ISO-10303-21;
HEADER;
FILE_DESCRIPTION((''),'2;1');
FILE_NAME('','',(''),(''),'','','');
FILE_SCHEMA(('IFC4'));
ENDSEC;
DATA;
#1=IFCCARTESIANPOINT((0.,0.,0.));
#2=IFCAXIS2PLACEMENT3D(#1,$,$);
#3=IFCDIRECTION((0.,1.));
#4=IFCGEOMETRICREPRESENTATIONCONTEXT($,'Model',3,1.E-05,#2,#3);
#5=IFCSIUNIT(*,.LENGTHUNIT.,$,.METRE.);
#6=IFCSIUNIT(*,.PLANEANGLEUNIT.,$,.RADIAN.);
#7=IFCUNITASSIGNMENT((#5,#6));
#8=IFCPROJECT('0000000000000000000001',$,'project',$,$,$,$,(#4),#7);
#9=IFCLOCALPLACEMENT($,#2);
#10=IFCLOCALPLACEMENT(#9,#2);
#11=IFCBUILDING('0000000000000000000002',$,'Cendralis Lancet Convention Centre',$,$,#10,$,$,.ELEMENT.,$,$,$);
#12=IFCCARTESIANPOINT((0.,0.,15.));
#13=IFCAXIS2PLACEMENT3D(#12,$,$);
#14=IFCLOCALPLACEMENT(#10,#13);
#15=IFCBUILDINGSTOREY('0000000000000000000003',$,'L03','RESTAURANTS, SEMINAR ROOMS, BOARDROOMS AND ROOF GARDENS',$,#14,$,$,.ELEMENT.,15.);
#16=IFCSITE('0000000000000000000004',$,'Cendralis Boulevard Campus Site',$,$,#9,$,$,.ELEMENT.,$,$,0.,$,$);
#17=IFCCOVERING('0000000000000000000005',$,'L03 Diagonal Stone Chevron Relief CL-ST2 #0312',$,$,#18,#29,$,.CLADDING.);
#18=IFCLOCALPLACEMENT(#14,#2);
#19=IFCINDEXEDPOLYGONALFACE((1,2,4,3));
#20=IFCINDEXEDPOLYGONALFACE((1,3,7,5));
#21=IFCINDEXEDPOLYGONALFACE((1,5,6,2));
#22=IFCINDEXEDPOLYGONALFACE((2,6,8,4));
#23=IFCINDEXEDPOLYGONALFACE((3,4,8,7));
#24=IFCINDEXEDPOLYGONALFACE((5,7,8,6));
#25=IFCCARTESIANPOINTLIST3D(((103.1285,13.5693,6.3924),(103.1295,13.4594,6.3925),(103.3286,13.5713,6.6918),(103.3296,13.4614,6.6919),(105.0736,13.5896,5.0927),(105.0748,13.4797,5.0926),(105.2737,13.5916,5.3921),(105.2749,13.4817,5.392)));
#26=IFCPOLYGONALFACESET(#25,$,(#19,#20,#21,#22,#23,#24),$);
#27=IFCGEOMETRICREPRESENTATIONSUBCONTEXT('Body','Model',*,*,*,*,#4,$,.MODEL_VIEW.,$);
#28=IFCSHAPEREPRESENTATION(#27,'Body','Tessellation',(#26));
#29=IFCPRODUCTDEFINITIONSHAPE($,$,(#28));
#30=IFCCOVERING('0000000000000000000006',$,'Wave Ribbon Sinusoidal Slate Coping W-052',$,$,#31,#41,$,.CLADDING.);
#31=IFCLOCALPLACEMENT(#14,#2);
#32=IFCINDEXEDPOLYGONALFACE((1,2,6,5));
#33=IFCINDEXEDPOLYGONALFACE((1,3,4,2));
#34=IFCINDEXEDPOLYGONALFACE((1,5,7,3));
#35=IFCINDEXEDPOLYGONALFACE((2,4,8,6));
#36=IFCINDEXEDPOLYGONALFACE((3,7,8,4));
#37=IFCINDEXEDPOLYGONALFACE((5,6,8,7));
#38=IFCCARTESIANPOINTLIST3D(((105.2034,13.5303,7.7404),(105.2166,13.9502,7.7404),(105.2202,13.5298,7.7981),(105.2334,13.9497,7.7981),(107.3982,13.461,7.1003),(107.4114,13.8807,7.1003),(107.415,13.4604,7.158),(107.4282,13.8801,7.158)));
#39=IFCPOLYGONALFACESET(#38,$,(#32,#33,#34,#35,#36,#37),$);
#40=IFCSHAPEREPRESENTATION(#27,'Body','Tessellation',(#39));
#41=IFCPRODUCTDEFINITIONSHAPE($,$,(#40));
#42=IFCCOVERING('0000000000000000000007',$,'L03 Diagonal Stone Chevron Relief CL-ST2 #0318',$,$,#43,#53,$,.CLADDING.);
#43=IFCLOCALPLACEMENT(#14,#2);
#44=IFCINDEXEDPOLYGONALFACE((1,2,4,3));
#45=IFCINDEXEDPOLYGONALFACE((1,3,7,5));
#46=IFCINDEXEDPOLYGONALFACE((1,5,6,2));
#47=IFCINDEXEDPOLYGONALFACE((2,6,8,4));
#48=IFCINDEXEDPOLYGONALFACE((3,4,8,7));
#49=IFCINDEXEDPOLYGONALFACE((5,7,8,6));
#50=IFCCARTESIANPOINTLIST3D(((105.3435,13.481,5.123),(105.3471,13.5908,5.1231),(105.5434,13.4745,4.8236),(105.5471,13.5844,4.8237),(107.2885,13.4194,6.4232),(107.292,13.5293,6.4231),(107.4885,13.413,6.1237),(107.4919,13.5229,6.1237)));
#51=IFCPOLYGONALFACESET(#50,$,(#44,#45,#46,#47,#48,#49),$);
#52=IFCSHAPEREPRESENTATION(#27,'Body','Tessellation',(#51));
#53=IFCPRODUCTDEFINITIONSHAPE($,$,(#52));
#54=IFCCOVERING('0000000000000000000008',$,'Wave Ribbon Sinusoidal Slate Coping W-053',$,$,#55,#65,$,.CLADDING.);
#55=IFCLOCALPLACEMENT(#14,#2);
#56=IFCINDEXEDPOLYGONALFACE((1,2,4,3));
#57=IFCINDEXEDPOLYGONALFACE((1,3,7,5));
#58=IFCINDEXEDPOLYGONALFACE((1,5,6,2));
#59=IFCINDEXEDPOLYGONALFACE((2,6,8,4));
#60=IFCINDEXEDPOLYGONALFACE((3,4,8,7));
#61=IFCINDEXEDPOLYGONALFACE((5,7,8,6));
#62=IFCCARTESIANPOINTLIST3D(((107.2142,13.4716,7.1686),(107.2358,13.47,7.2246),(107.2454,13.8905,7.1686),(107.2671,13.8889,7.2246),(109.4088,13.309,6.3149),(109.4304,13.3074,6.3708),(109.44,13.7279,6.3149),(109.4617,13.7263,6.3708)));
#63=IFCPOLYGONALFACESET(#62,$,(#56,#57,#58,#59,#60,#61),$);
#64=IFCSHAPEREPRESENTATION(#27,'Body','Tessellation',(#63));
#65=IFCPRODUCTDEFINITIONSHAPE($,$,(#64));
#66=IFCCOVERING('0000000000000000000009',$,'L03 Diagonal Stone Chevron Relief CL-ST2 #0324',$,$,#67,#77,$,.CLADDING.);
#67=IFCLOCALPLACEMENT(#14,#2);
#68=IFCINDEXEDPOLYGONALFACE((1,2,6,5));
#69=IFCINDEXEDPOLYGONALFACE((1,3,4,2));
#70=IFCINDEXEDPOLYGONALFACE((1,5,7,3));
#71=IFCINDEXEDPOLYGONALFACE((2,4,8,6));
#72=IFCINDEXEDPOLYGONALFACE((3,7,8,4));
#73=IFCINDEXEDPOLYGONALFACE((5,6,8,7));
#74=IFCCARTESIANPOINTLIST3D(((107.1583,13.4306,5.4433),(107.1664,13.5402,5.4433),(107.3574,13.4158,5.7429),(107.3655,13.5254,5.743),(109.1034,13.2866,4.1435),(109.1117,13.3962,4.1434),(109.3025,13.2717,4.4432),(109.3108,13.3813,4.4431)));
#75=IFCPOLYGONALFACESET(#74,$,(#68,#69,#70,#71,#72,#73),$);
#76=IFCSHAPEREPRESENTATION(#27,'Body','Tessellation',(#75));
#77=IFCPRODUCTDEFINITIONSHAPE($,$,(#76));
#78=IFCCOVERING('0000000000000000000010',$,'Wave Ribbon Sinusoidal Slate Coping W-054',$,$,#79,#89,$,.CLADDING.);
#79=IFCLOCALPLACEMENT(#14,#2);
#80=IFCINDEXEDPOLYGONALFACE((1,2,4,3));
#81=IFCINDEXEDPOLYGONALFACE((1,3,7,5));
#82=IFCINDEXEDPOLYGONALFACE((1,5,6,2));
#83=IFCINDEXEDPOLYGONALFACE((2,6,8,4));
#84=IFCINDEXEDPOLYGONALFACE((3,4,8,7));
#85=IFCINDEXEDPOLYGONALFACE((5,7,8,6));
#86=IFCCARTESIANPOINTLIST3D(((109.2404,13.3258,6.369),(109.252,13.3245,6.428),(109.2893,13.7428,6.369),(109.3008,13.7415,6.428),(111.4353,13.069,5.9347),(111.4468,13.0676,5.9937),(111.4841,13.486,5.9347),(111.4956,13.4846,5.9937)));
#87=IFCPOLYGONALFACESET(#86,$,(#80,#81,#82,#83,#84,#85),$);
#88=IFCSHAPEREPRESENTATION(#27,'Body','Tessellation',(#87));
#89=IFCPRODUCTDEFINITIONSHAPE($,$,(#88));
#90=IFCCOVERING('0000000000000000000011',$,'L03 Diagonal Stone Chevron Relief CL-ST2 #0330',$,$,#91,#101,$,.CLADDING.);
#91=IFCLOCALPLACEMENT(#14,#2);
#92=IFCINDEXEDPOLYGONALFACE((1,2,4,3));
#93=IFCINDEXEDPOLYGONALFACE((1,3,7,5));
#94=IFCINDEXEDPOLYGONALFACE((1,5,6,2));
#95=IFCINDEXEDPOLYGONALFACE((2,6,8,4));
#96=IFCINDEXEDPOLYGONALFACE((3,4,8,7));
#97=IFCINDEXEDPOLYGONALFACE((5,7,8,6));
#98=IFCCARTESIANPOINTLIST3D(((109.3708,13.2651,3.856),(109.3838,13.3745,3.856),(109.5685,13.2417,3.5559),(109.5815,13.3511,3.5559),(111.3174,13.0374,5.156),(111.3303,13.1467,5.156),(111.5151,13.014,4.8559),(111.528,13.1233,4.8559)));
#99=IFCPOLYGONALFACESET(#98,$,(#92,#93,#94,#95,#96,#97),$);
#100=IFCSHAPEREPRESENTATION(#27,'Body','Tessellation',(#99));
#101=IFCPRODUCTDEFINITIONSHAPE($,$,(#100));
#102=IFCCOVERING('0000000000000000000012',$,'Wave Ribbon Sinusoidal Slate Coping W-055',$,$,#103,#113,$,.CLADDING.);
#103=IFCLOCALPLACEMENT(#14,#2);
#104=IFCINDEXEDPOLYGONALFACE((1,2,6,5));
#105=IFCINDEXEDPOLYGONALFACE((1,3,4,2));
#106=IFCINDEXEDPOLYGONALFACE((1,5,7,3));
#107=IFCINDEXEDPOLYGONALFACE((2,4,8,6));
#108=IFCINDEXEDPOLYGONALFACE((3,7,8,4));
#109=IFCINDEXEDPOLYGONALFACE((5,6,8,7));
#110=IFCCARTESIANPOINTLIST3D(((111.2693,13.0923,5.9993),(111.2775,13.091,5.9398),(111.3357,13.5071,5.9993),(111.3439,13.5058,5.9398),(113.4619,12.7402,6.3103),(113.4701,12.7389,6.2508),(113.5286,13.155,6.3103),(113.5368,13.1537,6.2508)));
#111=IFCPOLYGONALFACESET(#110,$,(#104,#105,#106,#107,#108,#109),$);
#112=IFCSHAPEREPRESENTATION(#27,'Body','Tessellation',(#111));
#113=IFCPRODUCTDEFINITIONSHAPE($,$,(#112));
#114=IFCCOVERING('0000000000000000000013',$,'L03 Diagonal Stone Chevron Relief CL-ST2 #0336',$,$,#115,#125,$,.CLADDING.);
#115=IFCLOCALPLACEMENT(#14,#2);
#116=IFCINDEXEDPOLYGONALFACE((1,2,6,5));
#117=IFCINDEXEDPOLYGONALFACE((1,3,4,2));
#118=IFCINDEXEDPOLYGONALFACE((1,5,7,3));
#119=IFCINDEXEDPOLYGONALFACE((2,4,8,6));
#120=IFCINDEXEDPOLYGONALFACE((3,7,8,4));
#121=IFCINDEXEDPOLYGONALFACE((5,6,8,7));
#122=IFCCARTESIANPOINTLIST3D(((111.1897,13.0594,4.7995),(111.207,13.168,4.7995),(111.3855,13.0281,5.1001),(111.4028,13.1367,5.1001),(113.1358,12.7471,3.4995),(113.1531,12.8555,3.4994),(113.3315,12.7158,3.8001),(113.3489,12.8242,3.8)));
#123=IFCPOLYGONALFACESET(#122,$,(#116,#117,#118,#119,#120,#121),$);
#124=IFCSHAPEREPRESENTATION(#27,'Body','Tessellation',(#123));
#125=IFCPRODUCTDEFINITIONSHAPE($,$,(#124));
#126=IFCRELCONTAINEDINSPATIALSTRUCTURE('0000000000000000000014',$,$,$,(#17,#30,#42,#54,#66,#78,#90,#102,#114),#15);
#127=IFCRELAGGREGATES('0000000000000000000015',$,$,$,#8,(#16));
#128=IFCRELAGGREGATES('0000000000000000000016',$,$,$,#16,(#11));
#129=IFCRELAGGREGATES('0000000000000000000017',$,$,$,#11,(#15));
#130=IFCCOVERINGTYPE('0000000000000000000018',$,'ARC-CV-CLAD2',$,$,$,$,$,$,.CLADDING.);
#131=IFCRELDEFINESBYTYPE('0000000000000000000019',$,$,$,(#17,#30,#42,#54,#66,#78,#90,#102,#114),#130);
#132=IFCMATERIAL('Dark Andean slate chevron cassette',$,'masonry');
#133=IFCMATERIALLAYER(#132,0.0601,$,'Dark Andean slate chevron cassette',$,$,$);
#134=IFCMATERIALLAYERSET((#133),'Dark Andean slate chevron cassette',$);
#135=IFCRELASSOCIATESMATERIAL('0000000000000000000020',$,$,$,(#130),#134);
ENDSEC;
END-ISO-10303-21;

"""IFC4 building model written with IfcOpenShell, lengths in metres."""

from ifc_helpers import new_model, si_unit, direction, frame, origin, place, context, subcontext, project, spatial, polyline, outline, extrude, material, layer, layer_set, type_object, element, save


model = new_model("IFC4")

# Units and contexts
model_context = context("Model", 3, precision=1e-05, world=origin(), true_north=direction((0.0, 1.0)))
body_context = subcontext(model_context, "Body", "Model", "MODEL_VIEW")
ifc_project = project(units=[si_unit("LENGTHUNIT", "METRE"), si_unit("PLANEANGLEUNIT", "RADIAN")], contexts=[model_context])

# Site, building, storey
site_placement = place(None, origin())
site = spatial("IfcSite", under=ifc_project, at=site_placement, Name="Cendralis Boulevard Campus Site", CompositionType="ELEMENT", RefElevation=0.0)
building_placement = place(site_placement, origin())
building = spatial("IfcBuilding", under=site, at=building_placement, Name="Cendralis Lancet Convention Centre", CompositionType="ELEMENT")
storey_placement = place(building_placement, frame((0.0, 0.0, 15.0)))
storey = spatial("IfcBuildingStorey", under=building, at=storey_placement, Name="L03", Description="RESTAURANTS, SEMINAR ROOMS, BOARDROOMS AND ROOF GARDENS", CompositionType="ELEMENT", Elevation=15.0)

# Shared definitions
ifc_material_1 = material(Name="Dark Andean slate chevron cassette", Category="masonry")

# Coverings
ifc_layer_1 = layer(ifc_material_1, 0.0601, Name="Dark Andean slate chevron cassette")
ifc_layer_set_1 = layer_set([ifc_layer_1], Name="Dark Andean slate chevron cassette")
covering_type_1 = type_object("IfcCoveringType", Name="ARC-CV-CLAD2", PredefinedType="CLADDING", material=ifc_layer_set_1)
covering_1_placement = place(storey_placement, frame((103.3296, 13.4614, 6.6919), z_axis=(0.555542, 0.005555, 0.83147), x_axis=(0.831425, 0.008661, -0.55557)))
element("IfcCovering", 1, at=covering_1_placement, inside=storey, type_object=covering_type_1, Name="L03 Diagonal Stone Chevron Relief CL-ST2 #0312", PredefinedType="CLADDING", context=body_context, shape_type="SweptSolid", body=[
    extrude(outline(polyline([(0.0, 0.0), (2.3397, 0.0), (2.3396, 0.1099), (0.0001, 0.1099), (0.0, 0.0)])), origin(), (0.0, 0.0, -1.0), 0.3601),
])
covering_2_placement = place(storey_placement, frame((105.2202, 13.5298, 7.7981), z_axis=(0.279725, -0.008785, 0.96004), x_axis=(0.959561, -0.030313, -0.279863)))
element("IfcCovering", 2, at=covering_2_placement, inside=storey, type_object=covering_type_1, Name="Wave Ribbon Sinusoidal Slate Coping W-052", PredefinedType="CLADDING", context=body_context, shape_type="SweptSolid", body=[
    extrude(outline(polyline([(0.0, 0.0), (2.2873, 0.0), (2.2872, 0.4199), (-0.0001, 0.4201), (0.0, 0.0)])), origin(), (0.0, 0.0, -1.0), 0.0601),
])
covering_3_placement = place(storey_placement, frame((105.3435, 13.481, 5.123), z_axis=(-0.555231, 0.017891, 0.831504), x_axis=(0.831088, -0.026288, 0.555519)))
element("IfcCovering", 3, at=covering_3_placement, inside=storey, type_object=covering_type_1, Name="L03 Diagonal Stone Chevron Relief CL-ST2 #0318", PredefinedType="CLADDING", context=body_context, shape_type="SweptSolid", body=[
    extrude(outline(polyline([(0.0, 0.0), (2.3403, 0.0), (2.3403, 0.1099), (0.0002, 0.1099), (0.0, 0.0)])), origin(), (0.0, 0.0, -1.0), 0.3601),
])
covering_4_placement = place(storey_placement, frame((107.2358, 13.47, 7.2246), z_axis=(0.360698, -0.026905, 0.932294), x_axis=(0.929746, -0.068885, -0.3617)))
element("IfcCovering", 4, at=covering_4_placement, inside=storey, type_object=covering_type_1, Name="Wave Ribbon Sinusoidal Slate Coping W-053", PredefinedType="CLADDING", context=body_context, shape_type="SweptSolid", body=[
    extrude(outline(polyline([(0.0, 0.0), (2.3604, 0.0), (2.3606, 0.4201), (0.0002, 0.4201), (0.0, 0.0)])), origin(), (0.0, 0.0, -1.0), 0.0601),
])
covering_5_placement = place(storey_placement, frame((107.3574, 13.4158, 5.7429), z_axis=(0.553004, -0.04126, 0.832156), x_axis=(0.829884, -0.061457, -0.554541)))
element("IfcCovering", 5, at=covering_5_placement, inside=storey, type_object=covering_type_1, Name="L03 Diagonal Stone Chevron Relief CL-ST2 #0324", PredefinedType="CLADDING", context=body_context, shape_type="SweptSolid", body=[
    extrude(outline(polyline([(0.0, 0.0), (2.3438, 0.0), (2.344, 0.1099), (-0.0001, 0.1099), (0.0, 0.0)])), origin(), (0.0, 0.0, -1.0), 0.3601),
])
covering_6_placement = place(storey_placement, frame((109.252, 13.3245, 6.428), z_axis=(0.191547, -0.022429, 0.981227), x_axis=(0.974577, -0.114044, -0.192856)))
element("IfcCovering", 6, at=covering_6_placement, inside=storey, type_object=covering_type_1, Name="Wave Ribbon Sinusoidal Slate Coping W-054", PredefinedType="CLADDING", context=body_context, shape_type="SweptSolid", body=[
    extrude(outline(polyline([(0.0, 0.0), (2.2521, 0.0), (2.2521, 0.4198), (0.0, 0.4198), (0.0, 0.0)])), origin(), (0.0, 0.0, -1.0), 0.0601),
])
covering_7_placement = place(storey_placement, frame((109.3708, 13.2651, 3.856), z_axis=(-0.548959, 0.064944, 0.833322), x_axis=(0.827675, -0.096854, 0.552787)))
element("IfcCovering", 7, at=covering_7_placement, inside=storey, type_object=covering_type_1, Name="L03 Diagonal Stone Chevron Relief CL-ST2 #0330", PredefinedType="CLADDING", context=body_context, shape_type="SweptSolid", body=[
    extrude(outline(polyline([(0.0, 0.0), (2.3518, 0.0), (2.3519, 0.1101), (0.0001, 0.1101), (0.0, 0.0)])), origin(), (0.0, 0.0, -1.0), 0.3601),
])
covering_8_placement = place(storey_placement, frame((111.2693, 13.0923, 5.9993), z_axis=(-0.13695, 0.021965, 0.990334), x_axis=(0.977811, -0.156998, 0.1387)))
element("IfcCovering", 8, at=covering_8_placement, inside=storey, type_object=covering_type_1, Name="Wave Ribbon Sinusoidal Slate Coping W-055", PredefinedType="CLADDING", context=body_context, shape_type="SweptSolid", body=[
    extrude(outline(polyline([(0.0, 0.0), (2.2424, 0.0), (2.2424, 0.4201), (-0.0002, 0.4201), (0.0, 0.0)])), origin(), (0.0, 0.0, -1.0), 0.0601),
])
covering_9_placement = place(storey_placement, frame((111.3855, 13.0281, 5.1001), z_axis=(0.543719, -0.086848, 0.834762), x_axis=(0.824219, -0.132251, -0.550611)))
element("IfcCovering", 9, at=covering_9_placement, inside=storey, type_object=covering_type_1, Name="L03 Diagonal Stone Chevron Relief CL-ST2 #0336", PredefinedType="CLADDING", context=body_context, shape_type="SweptSolid", body=[
    extrude(outline(polyline([(0.0, 0.0), (2.3611, 0.0), (2.361, 0.1098), (-0.0001, 0.11), (0.0, 0.0)])), origin(), (0.0, 0.0, -1.0), 0.3601),
])

save(model, "model.ifc")
